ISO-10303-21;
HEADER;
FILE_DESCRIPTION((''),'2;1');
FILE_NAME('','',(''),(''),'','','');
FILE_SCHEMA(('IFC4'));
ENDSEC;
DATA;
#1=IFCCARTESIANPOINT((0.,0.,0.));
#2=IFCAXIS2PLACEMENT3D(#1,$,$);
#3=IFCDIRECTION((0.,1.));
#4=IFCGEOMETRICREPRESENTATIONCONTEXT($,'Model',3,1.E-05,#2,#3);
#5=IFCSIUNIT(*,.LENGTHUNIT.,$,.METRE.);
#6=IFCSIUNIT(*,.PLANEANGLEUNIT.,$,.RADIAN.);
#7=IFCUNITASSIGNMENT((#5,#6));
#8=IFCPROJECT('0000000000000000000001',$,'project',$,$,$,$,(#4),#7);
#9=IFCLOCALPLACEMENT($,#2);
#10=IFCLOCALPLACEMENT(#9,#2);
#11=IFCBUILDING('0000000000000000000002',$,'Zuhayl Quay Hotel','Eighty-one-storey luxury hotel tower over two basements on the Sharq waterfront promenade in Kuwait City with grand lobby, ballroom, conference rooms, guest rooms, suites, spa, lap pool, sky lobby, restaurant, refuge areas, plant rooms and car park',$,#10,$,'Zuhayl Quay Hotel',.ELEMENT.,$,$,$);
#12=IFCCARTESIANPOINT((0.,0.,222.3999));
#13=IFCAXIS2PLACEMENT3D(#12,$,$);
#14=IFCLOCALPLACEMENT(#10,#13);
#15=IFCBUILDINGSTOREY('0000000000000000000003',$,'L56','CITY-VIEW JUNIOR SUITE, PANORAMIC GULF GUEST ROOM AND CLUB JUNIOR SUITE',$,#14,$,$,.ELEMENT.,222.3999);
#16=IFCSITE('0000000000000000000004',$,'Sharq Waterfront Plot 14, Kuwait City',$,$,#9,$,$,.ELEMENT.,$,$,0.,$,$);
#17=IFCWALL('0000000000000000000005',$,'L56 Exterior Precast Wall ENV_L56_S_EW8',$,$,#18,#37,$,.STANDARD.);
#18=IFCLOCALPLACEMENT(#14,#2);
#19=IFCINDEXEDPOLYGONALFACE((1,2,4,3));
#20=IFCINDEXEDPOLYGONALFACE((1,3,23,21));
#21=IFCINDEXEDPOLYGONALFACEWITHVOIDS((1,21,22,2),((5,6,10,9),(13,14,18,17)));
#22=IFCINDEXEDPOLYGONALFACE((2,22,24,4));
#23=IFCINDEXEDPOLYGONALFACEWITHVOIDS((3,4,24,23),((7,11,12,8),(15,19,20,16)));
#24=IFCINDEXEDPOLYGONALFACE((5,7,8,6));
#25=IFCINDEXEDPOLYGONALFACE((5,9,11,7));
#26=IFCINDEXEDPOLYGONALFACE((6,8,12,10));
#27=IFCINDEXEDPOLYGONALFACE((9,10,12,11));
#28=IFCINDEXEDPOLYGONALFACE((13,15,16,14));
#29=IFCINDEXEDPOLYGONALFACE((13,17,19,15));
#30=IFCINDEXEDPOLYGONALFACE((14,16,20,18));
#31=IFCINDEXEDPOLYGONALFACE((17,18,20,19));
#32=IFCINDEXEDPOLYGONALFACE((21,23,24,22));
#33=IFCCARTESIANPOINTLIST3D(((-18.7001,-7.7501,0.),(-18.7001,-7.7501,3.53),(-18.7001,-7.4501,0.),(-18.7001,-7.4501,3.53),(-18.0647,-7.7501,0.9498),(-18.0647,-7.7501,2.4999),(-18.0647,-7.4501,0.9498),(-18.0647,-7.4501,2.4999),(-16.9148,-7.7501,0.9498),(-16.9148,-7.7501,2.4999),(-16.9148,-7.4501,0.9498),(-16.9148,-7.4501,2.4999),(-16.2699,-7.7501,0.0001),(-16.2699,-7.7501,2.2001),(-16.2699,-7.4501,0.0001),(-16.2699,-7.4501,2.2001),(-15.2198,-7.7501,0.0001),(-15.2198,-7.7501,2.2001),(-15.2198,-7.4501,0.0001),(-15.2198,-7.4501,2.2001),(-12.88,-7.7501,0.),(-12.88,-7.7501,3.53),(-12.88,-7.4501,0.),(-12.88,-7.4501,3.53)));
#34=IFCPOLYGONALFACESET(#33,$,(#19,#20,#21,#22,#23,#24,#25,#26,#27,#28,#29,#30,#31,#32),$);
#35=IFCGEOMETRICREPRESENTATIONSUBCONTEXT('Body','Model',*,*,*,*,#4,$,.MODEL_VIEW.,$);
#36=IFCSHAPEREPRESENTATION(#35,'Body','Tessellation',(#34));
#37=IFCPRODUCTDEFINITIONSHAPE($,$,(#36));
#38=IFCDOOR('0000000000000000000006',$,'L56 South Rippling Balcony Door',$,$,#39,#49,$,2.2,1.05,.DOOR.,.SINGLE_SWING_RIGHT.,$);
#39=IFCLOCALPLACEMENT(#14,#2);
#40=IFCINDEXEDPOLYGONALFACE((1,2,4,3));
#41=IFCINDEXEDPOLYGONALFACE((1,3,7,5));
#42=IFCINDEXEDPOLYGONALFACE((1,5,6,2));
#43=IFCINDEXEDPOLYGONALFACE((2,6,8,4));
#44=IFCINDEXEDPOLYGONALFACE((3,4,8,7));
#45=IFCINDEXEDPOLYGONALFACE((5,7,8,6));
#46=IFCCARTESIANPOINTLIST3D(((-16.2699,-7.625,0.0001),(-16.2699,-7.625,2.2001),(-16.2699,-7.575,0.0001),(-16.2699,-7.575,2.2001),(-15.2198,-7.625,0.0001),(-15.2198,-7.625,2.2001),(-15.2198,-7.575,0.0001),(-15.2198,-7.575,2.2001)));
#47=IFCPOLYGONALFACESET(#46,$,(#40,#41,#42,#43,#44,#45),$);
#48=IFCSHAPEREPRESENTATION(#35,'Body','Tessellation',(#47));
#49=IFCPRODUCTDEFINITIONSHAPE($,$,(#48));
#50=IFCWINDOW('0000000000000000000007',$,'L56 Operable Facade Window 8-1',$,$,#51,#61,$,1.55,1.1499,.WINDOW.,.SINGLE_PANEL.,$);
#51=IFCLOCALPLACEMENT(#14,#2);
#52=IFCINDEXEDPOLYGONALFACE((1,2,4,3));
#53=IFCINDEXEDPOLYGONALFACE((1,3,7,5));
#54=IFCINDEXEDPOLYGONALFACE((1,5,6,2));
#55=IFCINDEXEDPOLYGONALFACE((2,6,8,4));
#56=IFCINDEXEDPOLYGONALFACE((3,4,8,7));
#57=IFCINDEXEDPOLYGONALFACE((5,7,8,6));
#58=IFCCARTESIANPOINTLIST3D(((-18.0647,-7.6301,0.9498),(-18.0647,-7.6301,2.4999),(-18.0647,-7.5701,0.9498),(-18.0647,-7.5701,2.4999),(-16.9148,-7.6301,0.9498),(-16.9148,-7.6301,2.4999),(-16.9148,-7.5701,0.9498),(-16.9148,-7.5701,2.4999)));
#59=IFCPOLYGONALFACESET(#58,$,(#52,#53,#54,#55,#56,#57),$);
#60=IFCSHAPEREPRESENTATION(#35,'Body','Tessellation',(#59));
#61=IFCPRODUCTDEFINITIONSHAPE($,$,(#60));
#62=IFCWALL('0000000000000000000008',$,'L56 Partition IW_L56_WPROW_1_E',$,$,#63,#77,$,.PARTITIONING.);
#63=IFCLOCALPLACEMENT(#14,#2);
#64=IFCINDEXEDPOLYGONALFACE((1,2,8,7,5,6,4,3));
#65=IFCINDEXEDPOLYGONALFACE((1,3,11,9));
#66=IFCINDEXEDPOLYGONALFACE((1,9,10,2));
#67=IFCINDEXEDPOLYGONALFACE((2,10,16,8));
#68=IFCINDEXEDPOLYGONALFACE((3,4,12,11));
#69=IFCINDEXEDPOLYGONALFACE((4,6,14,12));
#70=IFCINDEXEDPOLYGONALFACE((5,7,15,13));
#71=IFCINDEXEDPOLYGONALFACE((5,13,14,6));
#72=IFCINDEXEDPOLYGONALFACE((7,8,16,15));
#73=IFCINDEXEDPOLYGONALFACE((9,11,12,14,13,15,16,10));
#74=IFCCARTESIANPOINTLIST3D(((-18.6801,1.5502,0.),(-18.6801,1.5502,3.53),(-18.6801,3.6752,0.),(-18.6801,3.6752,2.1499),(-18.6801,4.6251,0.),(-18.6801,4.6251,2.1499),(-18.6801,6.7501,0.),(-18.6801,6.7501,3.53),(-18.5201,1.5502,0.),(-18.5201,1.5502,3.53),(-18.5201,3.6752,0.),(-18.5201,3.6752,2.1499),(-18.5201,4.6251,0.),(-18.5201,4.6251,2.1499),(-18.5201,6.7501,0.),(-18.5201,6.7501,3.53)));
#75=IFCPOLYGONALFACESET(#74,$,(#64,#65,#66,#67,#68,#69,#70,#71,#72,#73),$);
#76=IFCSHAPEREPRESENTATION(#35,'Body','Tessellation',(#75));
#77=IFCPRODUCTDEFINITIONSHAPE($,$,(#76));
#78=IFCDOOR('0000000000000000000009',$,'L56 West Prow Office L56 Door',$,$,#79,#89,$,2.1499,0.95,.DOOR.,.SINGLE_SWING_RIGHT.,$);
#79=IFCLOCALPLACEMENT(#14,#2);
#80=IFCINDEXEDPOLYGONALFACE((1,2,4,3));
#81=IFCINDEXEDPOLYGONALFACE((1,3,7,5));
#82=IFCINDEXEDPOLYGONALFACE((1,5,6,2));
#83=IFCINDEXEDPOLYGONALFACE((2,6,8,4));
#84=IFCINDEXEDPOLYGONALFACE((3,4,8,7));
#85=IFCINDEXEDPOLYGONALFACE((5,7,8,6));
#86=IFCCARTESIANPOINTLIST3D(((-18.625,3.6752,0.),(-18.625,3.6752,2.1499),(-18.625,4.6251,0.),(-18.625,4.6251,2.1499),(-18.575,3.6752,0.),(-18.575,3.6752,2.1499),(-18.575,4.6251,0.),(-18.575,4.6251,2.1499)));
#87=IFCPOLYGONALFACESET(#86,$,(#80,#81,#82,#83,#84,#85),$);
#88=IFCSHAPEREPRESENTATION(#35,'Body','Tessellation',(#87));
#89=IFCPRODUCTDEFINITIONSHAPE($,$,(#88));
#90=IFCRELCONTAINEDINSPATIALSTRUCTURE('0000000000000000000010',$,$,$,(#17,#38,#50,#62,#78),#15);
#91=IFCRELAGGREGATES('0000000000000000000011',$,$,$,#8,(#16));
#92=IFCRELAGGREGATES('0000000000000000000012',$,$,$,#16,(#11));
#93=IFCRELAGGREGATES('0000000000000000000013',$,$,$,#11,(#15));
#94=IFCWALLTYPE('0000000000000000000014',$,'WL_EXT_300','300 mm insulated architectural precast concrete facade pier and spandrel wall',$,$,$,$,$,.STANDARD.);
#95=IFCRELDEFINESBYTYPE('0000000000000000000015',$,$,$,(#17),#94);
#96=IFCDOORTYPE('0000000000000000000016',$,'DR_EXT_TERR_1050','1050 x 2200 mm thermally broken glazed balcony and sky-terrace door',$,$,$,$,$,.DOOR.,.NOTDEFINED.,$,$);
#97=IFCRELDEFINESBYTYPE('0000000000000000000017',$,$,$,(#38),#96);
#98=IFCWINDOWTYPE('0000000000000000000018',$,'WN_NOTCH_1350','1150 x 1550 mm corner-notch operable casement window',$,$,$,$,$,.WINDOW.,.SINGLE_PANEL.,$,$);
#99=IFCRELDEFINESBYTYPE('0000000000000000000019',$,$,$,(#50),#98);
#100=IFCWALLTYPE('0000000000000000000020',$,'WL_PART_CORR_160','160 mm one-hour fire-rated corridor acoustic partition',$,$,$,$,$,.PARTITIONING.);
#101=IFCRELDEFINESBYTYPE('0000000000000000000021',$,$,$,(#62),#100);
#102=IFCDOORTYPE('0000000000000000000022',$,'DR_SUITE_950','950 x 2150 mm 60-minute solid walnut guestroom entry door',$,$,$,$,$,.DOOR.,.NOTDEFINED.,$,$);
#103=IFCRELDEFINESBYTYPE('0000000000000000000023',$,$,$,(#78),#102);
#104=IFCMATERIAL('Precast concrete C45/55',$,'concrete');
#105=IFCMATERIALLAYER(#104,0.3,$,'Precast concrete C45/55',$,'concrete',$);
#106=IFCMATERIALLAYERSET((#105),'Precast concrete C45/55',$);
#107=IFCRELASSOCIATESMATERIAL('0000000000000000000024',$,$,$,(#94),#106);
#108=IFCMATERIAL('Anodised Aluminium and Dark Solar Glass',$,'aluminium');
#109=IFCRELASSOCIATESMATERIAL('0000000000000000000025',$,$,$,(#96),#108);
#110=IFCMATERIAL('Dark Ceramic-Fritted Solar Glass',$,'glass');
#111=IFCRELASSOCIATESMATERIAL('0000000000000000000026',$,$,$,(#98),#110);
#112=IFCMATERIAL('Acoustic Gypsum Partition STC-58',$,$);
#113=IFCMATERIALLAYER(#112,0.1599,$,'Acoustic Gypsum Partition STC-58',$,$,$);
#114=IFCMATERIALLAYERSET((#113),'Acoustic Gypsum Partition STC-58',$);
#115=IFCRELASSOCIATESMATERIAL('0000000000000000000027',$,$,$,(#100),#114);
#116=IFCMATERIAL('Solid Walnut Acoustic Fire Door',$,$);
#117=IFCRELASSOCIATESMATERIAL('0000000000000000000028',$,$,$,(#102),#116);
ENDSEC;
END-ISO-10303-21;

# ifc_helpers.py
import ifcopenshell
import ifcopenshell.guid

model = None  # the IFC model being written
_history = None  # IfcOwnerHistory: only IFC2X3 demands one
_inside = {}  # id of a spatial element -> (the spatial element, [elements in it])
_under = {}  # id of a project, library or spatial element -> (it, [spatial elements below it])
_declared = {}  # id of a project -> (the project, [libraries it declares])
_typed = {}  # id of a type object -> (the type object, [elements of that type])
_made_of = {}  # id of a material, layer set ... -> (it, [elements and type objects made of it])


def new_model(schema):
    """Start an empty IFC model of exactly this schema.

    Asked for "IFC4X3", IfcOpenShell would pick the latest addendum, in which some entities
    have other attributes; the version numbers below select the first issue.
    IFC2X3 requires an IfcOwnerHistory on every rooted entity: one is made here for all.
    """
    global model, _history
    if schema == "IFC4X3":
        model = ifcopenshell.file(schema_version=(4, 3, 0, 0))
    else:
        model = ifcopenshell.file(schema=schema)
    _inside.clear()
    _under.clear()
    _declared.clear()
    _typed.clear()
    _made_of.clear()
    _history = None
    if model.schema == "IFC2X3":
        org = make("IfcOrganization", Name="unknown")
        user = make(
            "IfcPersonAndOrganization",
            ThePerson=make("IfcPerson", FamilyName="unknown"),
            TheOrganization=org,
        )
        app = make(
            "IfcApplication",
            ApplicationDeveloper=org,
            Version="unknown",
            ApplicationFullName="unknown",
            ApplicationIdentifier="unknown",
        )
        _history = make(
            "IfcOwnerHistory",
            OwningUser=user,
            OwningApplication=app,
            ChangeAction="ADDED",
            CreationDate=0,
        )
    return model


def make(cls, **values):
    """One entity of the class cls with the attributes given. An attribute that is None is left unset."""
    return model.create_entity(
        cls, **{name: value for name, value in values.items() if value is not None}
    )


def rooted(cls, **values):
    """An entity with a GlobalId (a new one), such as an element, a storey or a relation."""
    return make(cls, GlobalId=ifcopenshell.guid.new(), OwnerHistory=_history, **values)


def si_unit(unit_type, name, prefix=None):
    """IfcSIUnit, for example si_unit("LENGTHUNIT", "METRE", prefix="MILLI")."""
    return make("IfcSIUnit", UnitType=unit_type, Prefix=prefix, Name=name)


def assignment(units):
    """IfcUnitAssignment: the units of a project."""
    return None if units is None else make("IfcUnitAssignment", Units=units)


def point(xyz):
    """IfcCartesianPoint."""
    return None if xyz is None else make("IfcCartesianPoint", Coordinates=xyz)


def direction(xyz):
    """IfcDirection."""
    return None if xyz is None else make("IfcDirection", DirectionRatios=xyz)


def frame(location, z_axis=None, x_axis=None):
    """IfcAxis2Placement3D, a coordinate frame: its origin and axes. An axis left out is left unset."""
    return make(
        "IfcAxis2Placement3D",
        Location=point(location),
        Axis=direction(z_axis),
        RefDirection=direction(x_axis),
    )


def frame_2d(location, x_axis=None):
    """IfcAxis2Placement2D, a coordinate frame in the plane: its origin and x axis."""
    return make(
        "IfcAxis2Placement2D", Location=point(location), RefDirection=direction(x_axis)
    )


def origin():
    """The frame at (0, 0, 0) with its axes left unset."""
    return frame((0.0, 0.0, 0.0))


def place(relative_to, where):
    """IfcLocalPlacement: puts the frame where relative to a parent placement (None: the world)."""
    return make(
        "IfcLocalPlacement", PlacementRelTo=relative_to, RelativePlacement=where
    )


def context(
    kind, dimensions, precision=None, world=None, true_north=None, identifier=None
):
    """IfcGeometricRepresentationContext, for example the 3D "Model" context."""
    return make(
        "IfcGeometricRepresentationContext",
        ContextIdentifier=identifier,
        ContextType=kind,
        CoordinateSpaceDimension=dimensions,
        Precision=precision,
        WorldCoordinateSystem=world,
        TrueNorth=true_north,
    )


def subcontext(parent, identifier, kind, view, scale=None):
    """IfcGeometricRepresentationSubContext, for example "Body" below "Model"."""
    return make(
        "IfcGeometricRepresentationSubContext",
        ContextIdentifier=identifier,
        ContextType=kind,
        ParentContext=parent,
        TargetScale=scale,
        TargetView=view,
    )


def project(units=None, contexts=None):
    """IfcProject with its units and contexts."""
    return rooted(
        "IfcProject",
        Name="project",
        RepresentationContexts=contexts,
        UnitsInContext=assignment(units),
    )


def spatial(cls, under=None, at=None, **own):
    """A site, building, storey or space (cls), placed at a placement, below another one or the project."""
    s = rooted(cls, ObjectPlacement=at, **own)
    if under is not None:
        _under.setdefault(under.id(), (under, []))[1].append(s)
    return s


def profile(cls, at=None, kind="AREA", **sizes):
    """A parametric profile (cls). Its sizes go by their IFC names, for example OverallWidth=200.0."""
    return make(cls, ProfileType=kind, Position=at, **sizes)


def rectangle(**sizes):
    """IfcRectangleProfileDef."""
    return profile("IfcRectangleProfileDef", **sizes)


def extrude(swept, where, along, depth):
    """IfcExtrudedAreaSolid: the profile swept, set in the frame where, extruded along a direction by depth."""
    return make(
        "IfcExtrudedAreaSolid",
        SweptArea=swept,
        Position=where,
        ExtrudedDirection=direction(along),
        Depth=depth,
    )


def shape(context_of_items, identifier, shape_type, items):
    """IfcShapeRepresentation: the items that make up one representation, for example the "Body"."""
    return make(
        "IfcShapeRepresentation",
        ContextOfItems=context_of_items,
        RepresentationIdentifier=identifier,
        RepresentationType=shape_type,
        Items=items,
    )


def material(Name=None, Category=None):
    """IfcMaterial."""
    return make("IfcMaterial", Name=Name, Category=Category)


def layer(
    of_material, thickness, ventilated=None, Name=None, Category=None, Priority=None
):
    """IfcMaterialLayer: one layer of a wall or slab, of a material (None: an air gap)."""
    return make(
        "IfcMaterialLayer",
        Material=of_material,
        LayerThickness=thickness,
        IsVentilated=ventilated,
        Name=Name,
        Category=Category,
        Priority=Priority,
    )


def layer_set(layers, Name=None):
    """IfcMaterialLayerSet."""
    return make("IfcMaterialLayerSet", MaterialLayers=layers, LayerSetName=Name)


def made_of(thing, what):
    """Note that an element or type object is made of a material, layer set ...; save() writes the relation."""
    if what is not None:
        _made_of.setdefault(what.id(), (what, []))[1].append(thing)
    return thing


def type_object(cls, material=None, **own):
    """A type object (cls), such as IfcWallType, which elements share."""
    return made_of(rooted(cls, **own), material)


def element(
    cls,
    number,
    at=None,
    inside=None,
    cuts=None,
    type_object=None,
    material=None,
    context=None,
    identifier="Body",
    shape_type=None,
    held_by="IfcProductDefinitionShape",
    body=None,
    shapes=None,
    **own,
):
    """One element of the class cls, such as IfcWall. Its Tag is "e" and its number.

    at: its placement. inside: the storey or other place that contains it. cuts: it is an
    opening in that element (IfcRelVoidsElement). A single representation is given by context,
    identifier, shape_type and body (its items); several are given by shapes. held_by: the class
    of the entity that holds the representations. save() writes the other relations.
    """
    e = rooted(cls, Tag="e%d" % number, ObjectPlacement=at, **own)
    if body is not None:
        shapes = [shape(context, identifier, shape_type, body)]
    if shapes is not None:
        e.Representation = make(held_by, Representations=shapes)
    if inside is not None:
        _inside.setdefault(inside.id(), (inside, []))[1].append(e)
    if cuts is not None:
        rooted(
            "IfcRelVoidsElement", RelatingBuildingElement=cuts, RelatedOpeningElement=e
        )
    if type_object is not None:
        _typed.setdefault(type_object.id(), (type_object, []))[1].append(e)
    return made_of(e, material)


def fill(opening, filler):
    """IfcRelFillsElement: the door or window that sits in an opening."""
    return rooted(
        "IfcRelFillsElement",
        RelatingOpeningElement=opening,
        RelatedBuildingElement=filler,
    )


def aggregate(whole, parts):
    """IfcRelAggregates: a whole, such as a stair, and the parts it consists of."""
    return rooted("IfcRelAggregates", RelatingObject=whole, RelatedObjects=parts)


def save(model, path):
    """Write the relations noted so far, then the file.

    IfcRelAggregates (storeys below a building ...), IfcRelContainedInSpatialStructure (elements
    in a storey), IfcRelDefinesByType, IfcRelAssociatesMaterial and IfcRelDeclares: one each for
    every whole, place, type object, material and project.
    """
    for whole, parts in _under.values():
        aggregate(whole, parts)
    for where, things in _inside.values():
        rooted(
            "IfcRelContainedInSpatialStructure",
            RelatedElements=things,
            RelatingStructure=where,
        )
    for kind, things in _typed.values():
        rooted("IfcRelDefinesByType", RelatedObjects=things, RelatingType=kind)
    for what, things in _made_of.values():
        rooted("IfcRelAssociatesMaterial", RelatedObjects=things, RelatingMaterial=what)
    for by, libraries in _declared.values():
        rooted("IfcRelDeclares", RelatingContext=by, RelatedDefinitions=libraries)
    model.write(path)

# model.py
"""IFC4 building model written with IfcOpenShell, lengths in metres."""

from ifc_helpers import new_model, si_unit, direction, frame, frame_2d, origin, place, context, subcontext, project, spatial, rectangle, extrude, material, layer, layer_set, type_object, element, fill, save


model = new_model("IFC4")

# Units and contexts
model_context = context("Model", 3, precision=1e-05, world=origin(), true_north=direction((0.0, 1.0)))
body_context = subcontext(model_context, "Body", "Model", "MODEL_VIEW")
ifc_project = project(units=[si_unit("LENGTHUNIT", "METRE"), si_unit("PLANEANGLEUNIT", "RADIAN")], contexts=[model_context])

# Site, building, storey
site_placement = place(None, origin())
site = spatial("IfcSite", under=ifc_project, at=site_placement, Name="Sharq Waterfront Plot 14, Kuwait City", CompositionType="ELEMENT", RefElevation=0.0)
building_placement = place(site_placement, origin())
building = spatial("IfcBuilding", under=site, at=building_placement, Name="Zuhayl Quay Hotel", Description="Eighty-one-storey luxury hotel tower over two basements on the Sharq waterfront promenade in Kuwait City with grand lobby, ballroom, conference rooms, guest rooms, suites, spa, lap pool, sky lobby, restaurant, refuge areas, plant rooms and car park", LongName="Zuhayl Quay Hotel", CompositionType="ELEMENT")
storey_placement = place(building_placement, frame((0.0, 0.0, 222.3999)))
storey = spatial("IfcBuildingStorey", under=building, at=storey_placement, Name="L56", Description="CITY-VIEW JUNIOR SUITE, PANORAMIC GULF GUEST ROOM AND CLUB JUNIOR SUITE", CompositionType="ELEMENT", Elevation=222.3999)

# Shared definitions
ifc_material_1 = material(Name="Dark Ceramic-Fritted Solar Glass", Category="glass")

# Wall, openings, door, window
ifc_material_2 = material(Name="Precast concrete C45/55", Category="concrete")
ifc_layer_1 = layer(ifc_material_2, 0.3, Name="Precast concrete C45/55", Category="concrete")
ifc_layer_set_1 = layer_set([ifc_layer_1], Name="Precast concrete C45/55")
wall_type_1 = type_object("IfcWallType", Name="WL_EXT_300", Description="300 mm insulated architectural precast concrete facade pier and spandrel wall", PredefinedType="STANDARD", material=ifc_layer_set_1)
wall_1_placement = place(storey_placement, frame((-12.8799, -7.6001, 0.0), z_axis=(0.0, 0.0, 1.0), x_axis=(-1.0, 0.0, 0.0)))
wall_1 = element("IfcWall", 1, at=wall_1_placement, inside=storey, type_object=wall_type_1, Name="L56 Exterior Precast Wall ENV_L56_S_EW8", PredefinedType="STANDARD", context=body_context, shape_type="SweptSolid", body=[
    extrude(rectangle(XDim=5.8201, YDim=0.3, at=frame_2d((2.9102, 0.0))), origin(), (0.0, 0.0, 1.0), 3.53),
])
opening_1_placement = place(wall_1_placement, frame((2.3401, 0.0, 0.0)))
opening_1 = element("IfcOpeningElement", 2, at=opening_1_placement, cuts=wall_1, PredefinedType="OPENING", context=body_context, shape_type="SweptSolid", body=[
    extrude(rectangle(XDim=1.05, YDim=2.2, at=frame_2d((0.5249, 1.1001))), frame((0.0, 0.1599, 0.0), z_axis=(0.0, -1.0, 0.0), x_axis=(1.0, 0.0, 0.0)), (0.0, 0.0, 1.0), 0.3201),
])
opening_2_placement = place(wall_1_placement, frame((4.0349, 0.0, 0.95)))
opening_2 = element("IfcOpeningElement", 3, at=opening_2_placement, cuts=wall_1, PredefinedType="OPENING", context=body_context, shape_type="SweptSolid", body=[
    extrude(rectangle(XDim=1.1499, YDim=1.55, at=frame_2d((0.575, 0.7749))), frame((0.0, 0.1599, 0.0), z_axis=(0.0, -1.0, 0.0), x_axis=(1.0, 0.0, 0.0)), (0.0, 0.0, 1.0), 0.3201),
])
ifc_material_3 = material(Name="Anodised Aluminium and Dark Solar Glass", Category="aluminium")
door_type_1 = type_object("IfcDoorType", Name="DR_EXT_TERR_1050", Description="1050 x 2200 mm thermally broken glazed balcony and sky-terrace door", OperationType="NOTDEFINED", PredefinedType="DOOR", material=ifc_material_3)
door_1_placement = place(opening_1_placement, origin())
door_1 = element("IfcDoor", 4, at=door_1_placement, inside=storey, type_object=door_type_1, Name="L56 South Rippling Balcony Door", OperationType="SINGLE_SWING_RIGHT", OverallHeight=2.2, OverallWidth=1.05, PredefinedType="DOOR", context=body_context, shape_type="SweptSolid", body=[
    extrude(rectangle(XDim=1.05, YDim=2.2, at=frame_2d((0.5249, 1.1001))), frame((0.0, 0.0249, 0.0), z_axis=(0.0, -1.0, 0.0), x_axis=(1.0, 0.0, 0.0)), (0.0, 0.0, 1.0), 0.05),
])
fill(opening_1, door_1)
window_type = type_object("IfcWindowType", Name="WN_NOTCH_1350", Description="1150 x 1550 mm corner-notch operable casement window", PartitioningType="SINGLE_PANEL", PredefinedType="WINDOW", material=ifc_material_1)
window_placement = place(opening_2_placement, origin())
window = element("IfcWindow", 5, at=window_placement, inside=storey, type_object=window_type, Name="L56 Operable Facade Window 8-1", OverallHeight=1.55, OverallWidth=1.1499, PartitioningType="SINGLE_PANEL", PredefinedType="WINDOW", context=body_context, shape_type="SweptSolid", body=[
    extrude(rectangle(XDim=1.1499, YDim=1.55, at=frame_2d((0.575, 0.7749))), frame((0.0, 0.03, 0.0), z_axis=(0.0, -1.0, 0.0), x_axis=(1.0, 0.0, 0.0)), (0.0, 0.0, 1.0), 0.0601),
])
fill(opening_2, window)

# Wall, opening, door
ifc_material_4 = material(Name="Acoustic Gypsum Partition STC-58")
ifc_layer_2 = layer(ifc_material_4, 0.1599, Name="Acoustic Gypsum Partition STC-58")
ifc_layer_set_2 = layer_set([ifc_layer_2], Name="Acoustic Gypsum Partition STC-58")
wall_type_2 = type_object("IfcWallType", Name="WL_PART_CORR_160", Description="160 mm one-hour fire-rated corridor acoustic partition", PredefinedType="PARTITIONING", material=ifc_layer_set_2)
wall_2_placement = place(storey_placement, frame((-18.6001, 1.55, 0.0), z_axis=(0.0, 0.0, 1.0), x_axis=(0.0, 1.0, 0.0)))
wall_2 = element("IfcWall", 6, at=wall_2_placement, inside=storey, type_object=wall_type_2, Name="L56 Partition IW_L56_WPROW_1_E", PredefinedType="PARTITIONING", context=body_context, shape_type="SweptSolid", body=[
    extrude(rectangle(XDim=5.2, YDim=0.1599, at=frame_2d((2.6001, 0.0))), origin(), (0.0, 0.0, 1.0), 3.53),
])
opening_3_placement = place(wall_2_placement, frame((2.125, 0.0, 0.0)))
opening_3 = element("IfcOpeningElement", 7, at=opening_3_placement, cuts=wall_2, PredefinedType="OPENING", context=body_context, shape_type="SweptSolid", body=[
    extrude(rectangle(XDim=0.95, YDim=2.1499, at=frame_2d((0.4751, 1.075))), frame((0.0, 0.0898, 0.0), z_axis=(0.0, -1.0, 0.0), x_axis=(1.0, 0.0, 0.0)), (0.0, 0.0, 1.0), 0.1799),
])
ifc_material_5 = material(Name="Solid Walnut Acoustic Fire Door")
door_type_2 = type_object("IfcDoorType", Name="DR_SUITE_950", Description="950 x 2150 mm 60-minute solid walnut guestroom entry door", OperationType="NOTDEFINED", PredefinedType="DOOR", material=ifc_material_5)
door_2_placement = place(opening_3_placement, origin())
door_2 = element("IfcDoor", 8, at=door_2_placement, inside=storey, type_object=door_type_2, Name="L56 West Prow Office L56 Door", OperationType="SINGLE_SWING_RIGHT", OverallHeight=2.1499, OverallWidth=0.95, PredefinedType="DOOR", context=body_context, shape_type="SweptSolid", body=[
    extrude(rectangle(XDim=0.95, YDim=2.1499, at=frame_2d((0.4751, 1.075))), frame((0.0, 0.0249, 0.0), z_axis=(0.0, -1.0, 0.0), x_axis=(1.0, 0.0, 0.0)), (0.0, 0.0, 1.0), 0.05),
])
fill(opening_3, door_2)

save(model, "model.ifc")
